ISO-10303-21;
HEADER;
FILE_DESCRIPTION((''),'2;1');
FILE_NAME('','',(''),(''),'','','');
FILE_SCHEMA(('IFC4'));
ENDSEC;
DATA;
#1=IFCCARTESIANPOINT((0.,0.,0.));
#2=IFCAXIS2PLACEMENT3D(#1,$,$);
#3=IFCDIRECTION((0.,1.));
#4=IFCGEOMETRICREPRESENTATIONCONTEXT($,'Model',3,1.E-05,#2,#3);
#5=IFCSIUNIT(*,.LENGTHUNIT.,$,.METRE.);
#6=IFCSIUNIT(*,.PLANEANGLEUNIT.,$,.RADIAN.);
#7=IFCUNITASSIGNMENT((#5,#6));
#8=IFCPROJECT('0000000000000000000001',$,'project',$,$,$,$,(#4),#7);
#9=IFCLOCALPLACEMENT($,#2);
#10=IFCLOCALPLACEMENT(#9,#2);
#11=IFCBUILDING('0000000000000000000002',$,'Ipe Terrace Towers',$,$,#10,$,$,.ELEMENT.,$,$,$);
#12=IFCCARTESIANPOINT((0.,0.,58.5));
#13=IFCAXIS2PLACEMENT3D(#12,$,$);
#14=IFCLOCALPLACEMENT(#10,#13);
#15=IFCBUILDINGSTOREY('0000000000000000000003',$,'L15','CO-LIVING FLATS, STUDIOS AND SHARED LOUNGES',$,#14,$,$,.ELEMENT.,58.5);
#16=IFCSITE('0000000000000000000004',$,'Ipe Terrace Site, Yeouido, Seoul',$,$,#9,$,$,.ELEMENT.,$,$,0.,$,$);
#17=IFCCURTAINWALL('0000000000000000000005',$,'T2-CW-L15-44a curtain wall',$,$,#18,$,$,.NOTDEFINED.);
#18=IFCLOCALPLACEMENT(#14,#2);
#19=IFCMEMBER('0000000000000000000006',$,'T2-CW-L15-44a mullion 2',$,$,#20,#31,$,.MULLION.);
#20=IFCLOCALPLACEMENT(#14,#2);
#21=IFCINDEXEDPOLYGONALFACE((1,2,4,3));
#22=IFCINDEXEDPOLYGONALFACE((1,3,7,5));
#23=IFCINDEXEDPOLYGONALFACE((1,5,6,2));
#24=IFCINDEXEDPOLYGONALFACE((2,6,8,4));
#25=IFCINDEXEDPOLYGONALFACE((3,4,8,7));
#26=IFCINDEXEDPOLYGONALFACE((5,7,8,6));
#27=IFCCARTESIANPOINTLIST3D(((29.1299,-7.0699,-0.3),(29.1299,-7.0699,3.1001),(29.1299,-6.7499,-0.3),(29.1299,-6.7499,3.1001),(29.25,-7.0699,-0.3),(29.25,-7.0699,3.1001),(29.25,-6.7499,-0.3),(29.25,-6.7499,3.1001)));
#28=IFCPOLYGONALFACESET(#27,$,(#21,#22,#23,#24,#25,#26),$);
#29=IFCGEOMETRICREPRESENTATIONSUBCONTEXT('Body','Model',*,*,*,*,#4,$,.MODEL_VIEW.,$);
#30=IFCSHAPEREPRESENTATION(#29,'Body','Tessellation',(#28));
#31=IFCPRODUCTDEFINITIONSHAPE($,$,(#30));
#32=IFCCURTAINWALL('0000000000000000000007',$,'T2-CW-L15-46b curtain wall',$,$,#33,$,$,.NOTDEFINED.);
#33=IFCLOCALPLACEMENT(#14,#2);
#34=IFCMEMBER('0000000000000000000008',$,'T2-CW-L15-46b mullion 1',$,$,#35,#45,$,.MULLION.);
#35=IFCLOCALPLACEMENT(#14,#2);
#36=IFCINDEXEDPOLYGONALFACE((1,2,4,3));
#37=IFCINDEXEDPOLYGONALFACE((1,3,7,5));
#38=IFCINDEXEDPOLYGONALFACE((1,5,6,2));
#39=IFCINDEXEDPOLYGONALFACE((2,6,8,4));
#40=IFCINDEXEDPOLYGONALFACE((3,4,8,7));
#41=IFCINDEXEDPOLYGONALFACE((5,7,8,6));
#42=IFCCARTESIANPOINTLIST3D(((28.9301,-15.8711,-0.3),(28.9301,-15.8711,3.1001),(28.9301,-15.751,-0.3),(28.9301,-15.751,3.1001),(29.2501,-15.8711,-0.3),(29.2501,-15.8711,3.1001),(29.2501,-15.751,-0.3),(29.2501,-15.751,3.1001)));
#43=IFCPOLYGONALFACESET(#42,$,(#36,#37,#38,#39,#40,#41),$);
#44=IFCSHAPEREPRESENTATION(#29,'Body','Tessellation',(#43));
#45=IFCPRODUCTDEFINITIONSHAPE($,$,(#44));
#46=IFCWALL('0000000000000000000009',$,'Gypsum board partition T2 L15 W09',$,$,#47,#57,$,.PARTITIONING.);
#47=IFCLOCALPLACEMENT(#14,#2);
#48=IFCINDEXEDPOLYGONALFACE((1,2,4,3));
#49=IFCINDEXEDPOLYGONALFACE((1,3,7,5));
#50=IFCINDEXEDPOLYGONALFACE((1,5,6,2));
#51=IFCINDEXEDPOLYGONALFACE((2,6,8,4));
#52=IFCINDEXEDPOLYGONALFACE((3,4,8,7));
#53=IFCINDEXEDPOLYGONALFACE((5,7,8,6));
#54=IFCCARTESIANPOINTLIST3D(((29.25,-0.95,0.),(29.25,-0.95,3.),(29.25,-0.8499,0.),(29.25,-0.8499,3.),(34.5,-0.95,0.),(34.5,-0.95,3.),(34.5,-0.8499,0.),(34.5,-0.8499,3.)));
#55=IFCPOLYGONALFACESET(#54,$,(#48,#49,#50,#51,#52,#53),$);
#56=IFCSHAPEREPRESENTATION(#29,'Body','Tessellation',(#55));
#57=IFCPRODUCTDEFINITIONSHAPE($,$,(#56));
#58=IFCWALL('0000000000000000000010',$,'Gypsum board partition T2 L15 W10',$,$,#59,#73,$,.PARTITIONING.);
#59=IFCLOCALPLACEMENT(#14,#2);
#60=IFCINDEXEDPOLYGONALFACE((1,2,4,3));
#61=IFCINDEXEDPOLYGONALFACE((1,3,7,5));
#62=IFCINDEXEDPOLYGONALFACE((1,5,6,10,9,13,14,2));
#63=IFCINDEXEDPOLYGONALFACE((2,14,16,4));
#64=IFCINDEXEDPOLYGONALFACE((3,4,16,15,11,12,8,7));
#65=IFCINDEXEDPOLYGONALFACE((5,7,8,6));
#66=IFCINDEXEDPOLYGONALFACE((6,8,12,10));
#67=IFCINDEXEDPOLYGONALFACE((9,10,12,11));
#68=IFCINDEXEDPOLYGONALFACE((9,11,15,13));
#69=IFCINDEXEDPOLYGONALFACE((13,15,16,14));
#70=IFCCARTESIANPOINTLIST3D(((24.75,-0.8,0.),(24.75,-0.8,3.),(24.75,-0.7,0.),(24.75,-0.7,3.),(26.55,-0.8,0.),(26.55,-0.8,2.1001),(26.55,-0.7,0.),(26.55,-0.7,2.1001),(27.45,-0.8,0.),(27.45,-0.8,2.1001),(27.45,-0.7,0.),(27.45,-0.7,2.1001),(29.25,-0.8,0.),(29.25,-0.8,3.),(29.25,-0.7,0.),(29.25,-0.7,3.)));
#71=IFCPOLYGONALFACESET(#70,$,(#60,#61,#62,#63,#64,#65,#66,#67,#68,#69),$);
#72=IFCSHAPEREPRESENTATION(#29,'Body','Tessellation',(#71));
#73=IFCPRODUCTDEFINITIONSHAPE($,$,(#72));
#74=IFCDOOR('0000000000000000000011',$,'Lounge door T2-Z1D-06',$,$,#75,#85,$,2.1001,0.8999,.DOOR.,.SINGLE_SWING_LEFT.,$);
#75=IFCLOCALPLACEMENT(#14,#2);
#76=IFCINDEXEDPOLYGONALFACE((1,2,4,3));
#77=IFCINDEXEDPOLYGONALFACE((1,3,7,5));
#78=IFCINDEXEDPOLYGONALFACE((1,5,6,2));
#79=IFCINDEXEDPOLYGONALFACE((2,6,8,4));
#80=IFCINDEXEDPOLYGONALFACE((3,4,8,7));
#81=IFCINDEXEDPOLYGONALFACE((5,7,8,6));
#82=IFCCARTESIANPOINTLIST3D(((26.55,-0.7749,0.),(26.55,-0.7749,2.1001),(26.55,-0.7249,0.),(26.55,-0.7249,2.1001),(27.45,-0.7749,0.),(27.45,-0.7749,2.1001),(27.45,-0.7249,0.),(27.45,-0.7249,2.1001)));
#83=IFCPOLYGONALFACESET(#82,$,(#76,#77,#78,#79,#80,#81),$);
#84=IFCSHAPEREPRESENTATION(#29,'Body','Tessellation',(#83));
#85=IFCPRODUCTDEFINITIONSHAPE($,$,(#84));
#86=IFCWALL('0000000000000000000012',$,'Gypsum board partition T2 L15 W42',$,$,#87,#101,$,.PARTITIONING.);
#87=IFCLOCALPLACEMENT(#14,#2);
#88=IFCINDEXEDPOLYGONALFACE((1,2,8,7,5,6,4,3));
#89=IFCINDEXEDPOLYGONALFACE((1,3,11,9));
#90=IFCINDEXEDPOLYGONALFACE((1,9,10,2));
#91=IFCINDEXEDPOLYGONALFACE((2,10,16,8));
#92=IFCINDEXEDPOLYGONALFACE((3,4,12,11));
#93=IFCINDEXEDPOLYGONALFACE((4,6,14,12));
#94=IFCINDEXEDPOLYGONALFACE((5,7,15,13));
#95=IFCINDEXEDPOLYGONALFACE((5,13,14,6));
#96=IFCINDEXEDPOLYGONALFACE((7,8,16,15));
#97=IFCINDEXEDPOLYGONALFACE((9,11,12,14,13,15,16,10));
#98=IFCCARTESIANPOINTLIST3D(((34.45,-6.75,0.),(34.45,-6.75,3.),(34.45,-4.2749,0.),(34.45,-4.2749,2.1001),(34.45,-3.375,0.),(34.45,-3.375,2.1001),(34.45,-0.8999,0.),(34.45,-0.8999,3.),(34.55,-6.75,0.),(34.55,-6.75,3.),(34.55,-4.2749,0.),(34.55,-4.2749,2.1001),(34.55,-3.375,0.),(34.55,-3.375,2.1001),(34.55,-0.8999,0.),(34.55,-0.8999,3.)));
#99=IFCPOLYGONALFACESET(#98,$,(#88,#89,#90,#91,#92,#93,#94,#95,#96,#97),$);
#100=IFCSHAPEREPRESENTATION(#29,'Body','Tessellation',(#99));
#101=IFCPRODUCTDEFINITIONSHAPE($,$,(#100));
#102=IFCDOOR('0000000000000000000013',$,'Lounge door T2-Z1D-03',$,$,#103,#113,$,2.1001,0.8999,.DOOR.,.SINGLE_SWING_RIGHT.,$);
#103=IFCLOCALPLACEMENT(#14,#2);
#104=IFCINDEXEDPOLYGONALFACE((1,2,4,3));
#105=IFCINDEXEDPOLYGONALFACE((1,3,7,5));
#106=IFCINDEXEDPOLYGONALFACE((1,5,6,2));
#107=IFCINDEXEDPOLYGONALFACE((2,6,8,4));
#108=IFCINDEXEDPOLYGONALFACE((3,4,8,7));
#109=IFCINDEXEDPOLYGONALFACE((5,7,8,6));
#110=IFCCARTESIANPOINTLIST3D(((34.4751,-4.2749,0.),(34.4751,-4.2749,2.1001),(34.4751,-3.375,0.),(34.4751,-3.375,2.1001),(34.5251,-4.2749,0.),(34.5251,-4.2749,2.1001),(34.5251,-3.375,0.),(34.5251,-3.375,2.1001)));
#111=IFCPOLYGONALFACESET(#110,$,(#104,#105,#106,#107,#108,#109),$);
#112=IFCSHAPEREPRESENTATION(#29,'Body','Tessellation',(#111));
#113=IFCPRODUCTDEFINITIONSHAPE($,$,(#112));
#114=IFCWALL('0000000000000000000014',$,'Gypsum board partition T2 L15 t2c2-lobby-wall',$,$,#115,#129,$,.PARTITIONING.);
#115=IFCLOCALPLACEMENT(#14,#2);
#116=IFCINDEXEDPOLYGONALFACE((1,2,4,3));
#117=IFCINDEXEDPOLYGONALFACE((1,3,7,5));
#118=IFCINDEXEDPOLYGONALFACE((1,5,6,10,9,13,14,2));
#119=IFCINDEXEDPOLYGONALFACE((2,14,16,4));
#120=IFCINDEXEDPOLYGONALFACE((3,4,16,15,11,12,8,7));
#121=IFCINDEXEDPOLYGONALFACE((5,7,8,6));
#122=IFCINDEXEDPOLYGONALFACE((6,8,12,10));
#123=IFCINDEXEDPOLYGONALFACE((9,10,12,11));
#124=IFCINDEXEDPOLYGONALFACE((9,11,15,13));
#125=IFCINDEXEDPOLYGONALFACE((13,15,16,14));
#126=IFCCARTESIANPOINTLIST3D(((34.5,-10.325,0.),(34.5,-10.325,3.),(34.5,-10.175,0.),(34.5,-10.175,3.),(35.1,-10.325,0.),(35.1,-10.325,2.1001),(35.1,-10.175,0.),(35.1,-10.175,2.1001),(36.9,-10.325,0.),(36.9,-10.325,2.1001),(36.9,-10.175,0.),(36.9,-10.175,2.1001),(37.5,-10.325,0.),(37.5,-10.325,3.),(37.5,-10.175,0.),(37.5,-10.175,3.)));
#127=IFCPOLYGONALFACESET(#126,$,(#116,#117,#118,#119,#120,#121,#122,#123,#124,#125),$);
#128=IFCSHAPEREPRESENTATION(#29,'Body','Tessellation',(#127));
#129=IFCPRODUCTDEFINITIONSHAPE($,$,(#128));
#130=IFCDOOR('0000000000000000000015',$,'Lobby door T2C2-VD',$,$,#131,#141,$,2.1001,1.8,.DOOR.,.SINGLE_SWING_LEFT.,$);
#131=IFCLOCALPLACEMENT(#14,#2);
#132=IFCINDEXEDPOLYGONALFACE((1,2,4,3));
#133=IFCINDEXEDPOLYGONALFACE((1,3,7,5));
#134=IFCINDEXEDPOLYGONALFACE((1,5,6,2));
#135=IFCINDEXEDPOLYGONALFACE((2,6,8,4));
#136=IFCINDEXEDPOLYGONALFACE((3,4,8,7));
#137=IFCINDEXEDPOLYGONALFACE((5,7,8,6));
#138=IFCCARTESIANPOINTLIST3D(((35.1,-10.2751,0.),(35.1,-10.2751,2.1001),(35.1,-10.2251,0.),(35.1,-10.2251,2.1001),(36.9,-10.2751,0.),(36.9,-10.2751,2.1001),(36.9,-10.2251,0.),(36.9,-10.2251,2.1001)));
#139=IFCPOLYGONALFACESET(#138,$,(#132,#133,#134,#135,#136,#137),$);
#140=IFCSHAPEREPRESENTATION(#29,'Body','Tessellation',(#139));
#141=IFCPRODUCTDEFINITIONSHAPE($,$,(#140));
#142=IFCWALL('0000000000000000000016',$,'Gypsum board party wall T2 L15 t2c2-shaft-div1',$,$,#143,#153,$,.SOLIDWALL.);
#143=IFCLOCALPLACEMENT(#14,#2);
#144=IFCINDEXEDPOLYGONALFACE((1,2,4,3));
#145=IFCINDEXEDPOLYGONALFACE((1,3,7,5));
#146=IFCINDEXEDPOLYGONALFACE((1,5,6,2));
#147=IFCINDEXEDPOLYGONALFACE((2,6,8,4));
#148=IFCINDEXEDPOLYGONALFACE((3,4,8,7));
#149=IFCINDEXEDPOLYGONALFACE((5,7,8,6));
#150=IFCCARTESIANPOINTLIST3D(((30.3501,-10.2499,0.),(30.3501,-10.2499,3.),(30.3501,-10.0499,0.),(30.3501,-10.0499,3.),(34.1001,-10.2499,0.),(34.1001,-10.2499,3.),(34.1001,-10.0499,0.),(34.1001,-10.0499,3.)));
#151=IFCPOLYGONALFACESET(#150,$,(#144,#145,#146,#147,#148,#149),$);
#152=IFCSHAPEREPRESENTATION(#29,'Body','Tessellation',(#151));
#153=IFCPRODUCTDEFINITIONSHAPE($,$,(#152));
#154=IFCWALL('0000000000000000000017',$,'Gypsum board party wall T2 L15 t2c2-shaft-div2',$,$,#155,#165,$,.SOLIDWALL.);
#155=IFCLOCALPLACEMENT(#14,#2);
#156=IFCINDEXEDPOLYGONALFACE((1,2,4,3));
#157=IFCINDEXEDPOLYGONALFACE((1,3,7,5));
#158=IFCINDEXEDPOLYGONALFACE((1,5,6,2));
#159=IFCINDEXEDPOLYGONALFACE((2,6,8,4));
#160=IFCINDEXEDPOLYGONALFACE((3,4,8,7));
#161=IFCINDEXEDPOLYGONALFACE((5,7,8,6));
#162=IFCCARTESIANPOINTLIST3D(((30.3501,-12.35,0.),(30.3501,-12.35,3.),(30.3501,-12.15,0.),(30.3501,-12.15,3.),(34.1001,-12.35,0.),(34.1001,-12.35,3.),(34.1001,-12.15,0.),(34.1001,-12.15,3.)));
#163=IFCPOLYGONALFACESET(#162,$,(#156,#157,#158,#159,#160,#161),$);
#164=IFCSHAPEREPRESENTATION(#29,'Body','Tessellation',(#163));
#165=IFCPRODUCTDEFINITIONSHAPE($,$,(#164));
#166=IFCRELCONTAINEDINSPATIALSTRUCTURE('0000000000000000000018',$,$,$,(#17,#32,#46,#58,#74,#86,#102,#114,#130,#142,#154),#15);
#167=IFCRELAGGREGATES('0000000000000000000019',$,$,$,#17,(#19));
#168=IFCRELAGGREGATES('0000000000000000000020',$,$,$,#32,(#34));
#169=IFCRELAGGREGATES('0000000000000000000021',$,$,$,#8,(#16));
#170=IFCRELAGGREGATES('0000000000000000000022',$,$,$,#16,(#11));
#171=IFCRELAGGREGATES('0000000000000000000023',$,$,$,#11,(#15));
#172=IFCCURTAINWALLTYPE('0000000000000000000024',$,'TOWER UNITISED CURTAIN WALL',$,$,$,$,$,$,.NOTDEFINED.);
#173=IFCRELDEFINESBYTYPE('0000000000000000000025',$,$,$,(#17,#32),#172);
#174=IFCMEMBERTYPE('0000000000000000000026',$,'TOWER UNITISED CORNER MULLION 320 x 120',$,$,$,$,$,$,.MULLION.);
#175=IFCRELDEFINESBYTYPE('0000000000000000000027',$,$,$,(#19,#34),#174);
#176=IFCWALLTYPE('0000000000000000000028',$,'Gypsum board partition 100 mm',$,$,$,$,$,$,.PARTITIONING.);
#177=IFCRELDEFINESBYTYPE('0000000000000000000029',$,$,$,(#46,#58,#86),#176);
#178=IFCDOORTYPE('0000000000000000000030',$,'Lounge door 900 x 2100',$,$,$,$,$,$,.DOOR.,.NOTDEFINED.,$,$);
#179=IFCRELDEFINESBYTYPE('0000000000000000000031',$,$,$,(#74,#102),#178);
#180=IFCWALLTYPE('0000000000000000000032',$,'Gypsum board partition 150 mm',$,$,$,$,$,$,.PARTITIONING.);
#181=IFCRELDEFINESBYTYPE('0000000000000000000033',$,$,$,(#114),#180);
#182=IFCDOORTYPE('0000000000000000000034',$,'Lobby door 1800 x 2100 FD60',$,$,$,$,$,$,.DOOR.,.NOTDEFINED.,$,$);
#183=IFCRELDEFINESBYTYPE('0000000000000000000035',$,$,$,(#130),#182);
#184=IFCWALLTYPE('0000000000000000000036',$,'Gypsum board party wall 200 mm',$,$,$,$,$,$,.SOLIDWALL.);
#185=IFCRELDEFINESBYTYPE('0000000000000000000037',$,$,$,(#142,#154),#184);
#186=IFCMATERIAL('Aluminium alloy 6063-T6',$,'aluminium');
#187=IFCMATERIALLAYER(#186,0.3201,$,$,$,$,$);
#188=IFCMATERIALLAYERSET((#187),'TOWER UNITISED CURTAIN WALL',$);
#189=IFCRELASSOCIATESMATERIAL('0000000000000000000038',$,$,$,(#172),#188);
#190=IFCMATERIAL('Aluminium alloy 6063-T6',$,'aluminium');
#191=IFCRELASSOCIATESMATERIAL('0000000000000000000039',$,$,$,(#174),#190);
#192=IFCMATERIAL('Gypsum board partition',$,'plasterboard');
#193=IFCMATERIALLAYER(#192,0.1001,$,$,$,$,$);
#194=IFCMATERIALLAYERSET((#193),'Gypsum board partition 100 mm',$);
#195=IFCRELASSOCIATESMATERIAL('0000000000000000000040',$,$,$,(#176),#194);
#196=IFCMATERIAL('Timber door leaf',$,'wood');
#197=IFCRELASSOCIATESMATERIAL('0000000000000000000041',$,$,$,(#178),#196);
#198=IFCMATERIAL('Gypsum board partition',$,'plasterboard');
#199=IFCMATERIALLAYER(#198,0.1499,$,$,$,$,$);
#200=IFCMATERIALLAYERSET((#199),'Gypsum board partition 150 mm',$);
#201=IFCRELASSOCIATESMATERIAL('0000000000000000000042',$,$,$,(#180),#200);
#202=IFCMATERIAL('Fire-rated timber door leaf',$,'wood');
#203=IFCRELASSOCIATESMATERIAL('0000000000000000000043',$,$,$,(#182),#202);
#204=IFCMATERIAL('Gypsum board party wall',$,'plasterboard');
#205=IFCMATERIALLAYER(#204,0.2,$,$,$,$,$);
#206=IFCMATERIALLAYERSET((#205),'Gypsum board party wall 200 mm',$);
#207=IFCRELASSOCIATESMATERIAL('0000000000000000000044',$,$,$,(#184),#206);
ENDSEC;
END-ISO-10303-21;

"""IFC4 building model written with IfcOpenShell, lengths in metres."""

from ifc_helpers import new_model, si_unit, direction, frame, frame_2d, origin, origin_2d, place, context, subcontext, project, spatial, rectangle, extrude, material, layer, layer_set, material_profile, profile_set, type_object, element, fill, aggregate, save


model = new_model("IFC4")

# Units and contexts
model_context = context("Model", 3, precision=1e-05, world=origin(), true_north=direction((0.0, 1.0)))
body_context = subcontext(model_context, "Body", "Model", "MODEL_VIEW")
ifc_project = project(units=[si_unit("LENGTHUNIT", "METRE"), si_unit("PLANEANGLEUNIT", "RADIAN")], contexts=[model_context])

# Site, building, storey
site_placement = place(None, origin())
site = spatial("IfcSite", under=ifc_project, at=site_placement, Name="Ipe Terrace Site, Yeouido, Seoul", CompositionType="ELEMENT", RefElevation=0.0)
building_placement = place(site_placement, origin())
building = spatial("IfcBuilding", under=site, at=building_placement, Name="Ipe Terrace Towers", CompositionType="ELEMENT")
storey_placement = place(building_placement, frame((0.0, 0.0, 58.5)))
storey = spatial("IfcBuildingStorey", under=building, at=storey_placement, Name="L15", Description="CO-LIVING FLATS, STUDIOS AND SHARED LOUNGES", CompositionType="ELEMENT", Elevation=58.5)

# Curtain walls, members
ifc_material_1 = material(Name="Aluminium alloy 6063-T6", Category="aluminium")
ifc_layer_1 = layer(ifc_material_1, 0.3201)
ifc_layer_set_1 = layer_set([ifc_layer_1], Name="TOWER UNITISED CURTAIN WALL")
curtain_wall_type = type_object("IfcCurtainWallType", Name="TOWER UNITISED CURTAIN WALL", PredefinedType="NOTDEFINED", material=ifc_layer_set_1)
curtain_wall_1_placement = place(storey_placement, origin())
curtain_wall_1 = element("IfcCurtainWall", 1, at=curtain_wall_1_placement, inside=storey, type_object=curtain_wall_type, Name="T2-CW-L15-44a curtain wall", PredefinedType="NOTDEFINED")
ifc_material_2 = material(Name="Aluminium alloy 6063-T6", Category="aluminium")
ifc_material_profile_1 = material_profile(ifc_material_2, rectangle(XDim=0.3201, YDim=0.1201, at=origin_2d()), Name="TOWER UNITISED CORNER MULLION 320 x 120")
ifc_profile_set_1 = profile_set([ifc_material_profile_1], Name="Aluminium alloy 6063-T6")
member_type = type_object("IfcMemberType", Name="TOWER UNITISED CORNER MULLION 320 x 120", PredefinedType="MULLION", material=ifc_profile_set_1)
member_1_placement = place(storey_placement, frame((29.1899, -6.9099, -0.3), z_axis=(0.0, 0.0, 1.0), x_axis=(0.0, -1.0, 0.0)))
member_1 = element("IfcMember", 2, at=member_1_placement, type_object=member_type, Name="T2-CW-L15-44a mullion 2", PredefinedType="MULLION", context=body_context, shape_type="SweptSolid", body=[
    extrude(rectangle(XDim=0.3201, YDim=0.1201, at=origin_2d()), origin(), (0.0, 0.0, 1.0), 3.4001),
])
aggregate(curtain_wall_1, [member_1])
curtain_wall_2_placement = place(storey_placement, origin())
curtain_wall_2 = element("IfcCurtainWall", 3, at=curtain_wall_2_placement, inside=storey, type_object=curtain_wall_type, Name="T2-CW-L15-46b curtain wall", PredefinedType="NOTDEFINED")
member_2_placement = place(storey_placement, frame((29.0901, -15.811, -0.3), z_axis=(0.0, 0.0, 1.0), x_axis=(-1.0, 0.0, 0.0)))
member_2 = element("IfcMember", 4, at=member_2_placement, type_object=member_type, Name="T2-CW-L15-46b mullion 1", PredefinedType="MULLION", context=body_context, shape_type="SweptSolid", body=[
    extrude(rectangle(XDim=0.3201, YDim=0.1201, at=origin_2d()), origin(), (0.0, 0.0, 1.0), 3.4001),
])
aggregate(curtain_wall_2, [member_2])

# Wall
ifc_material_3 = material(Name="Gypsum board partition", Category="plasterboard")
ifc_layer_2 = layer(ifc_material_3, 0.1001)
ifc_layer_set_2 = layer_set([ifc_layer_2], Name="Gypsum board partition 100 mm")
wall_type_1 = type_object("IfcWallType", Name="Gypsum board partition 100 mm", PredefinedType="PARTITIONING", material=ifc_layer_set_2)
wall_1_placement = place(storey_placement, frame((34.5, -0.8999, 0.0), z_axis=(0.0, 0.0, 1.0), x_axis=(-1.0, 0.0, 0.0)))
element("IfcWall", 5, at=wall_1_placement, inside=storey, type_object=wall_type_1, Name="Gypsum board partition T2 L15 W09", PredefinedType="PARTITIONING", context=body_context, shape_type="SweptSolid", body=[
    extrude(rectangle(XDim=5.25, YDim=0.1001, at=frame_2d((2.625, 0.0))), origin(), (0.0, 0.0, 1.0), 3.0),
])

# Walls, openings, doors
wall_2_placement = place(storey_placement, frame((29.25, -0.75, 0.0), z_axis=(0.0, 0.0, 1.0), x_axis=(-1.0, 0.0, 0.0)))
wall_2 = element("IfcWall", 6, at=wall_2_placement, inside=storey, type_object=wall_type_1, Name="Gypsum board partition T2 L15 W10", PredefinedType="PARTITIONING", context=body_context, shape_type="SweptSolid", body=[
    extrude(rectangle(XDim=4.5, YDim=0.1001, at=frame_2d((2.25, 0.0))), origin(), (0.0, 0.0, 1.0), 3.0),
])
opening_1_placement = place(wall_2_placement, frame((1.8, 0.0, 0.0)))
opening_1 = element("IfcOpeningElement", 7, at=opening_1_placement, cuts=wall_2, PredefinedType="OPENING", context=body_context, shape_type="SweptSolid", body=[
    extrude(rectangle(XDim=0.8999, YDim=2.1001, at=frame_2d((0.45, 1.05))), frame((0.0, 0.0601, 0.0), z_axis=(0.0, -1.0, 0.0), x_axis=(1.0, 0.0, 0.0)), (0.0, 0.0, 1.0), 0.1201),
])
ifc_material_4 = material(Name="Timber door leaf", Category="wood")
door_type_1 = type_object("IfcDoorType", Name="Lounge door 900 x 2100", OperationType="NOTDEFINED", PredefinedType="DOOR", material=ifc_material_4)
door_1_placement = place(opening_1_placement, origin())
door_1 = element("IfcDoor", 8, at=door_1_placement, inside=storey, type_object=door_type_1, Name="Lounge door T2-Z1D-06", OperationType="SINGLE_SWING_LEFT", OverallHeight=2.1001, OverallWidth=0.8999, PredefinedType="DOOR", context=body_context, shape_type="SweptSolid", body=[
    extrude(rectangle(XDim=0.8999, YDim=2.1001, at=frame_2d((0.45, 1.05))), frame((0.0, 0.0249, 0.0), z_axis=(0.0, -1.0, 0.0), x_axis=(1.0, 0.0, 0.0)), (0.0, 0.0, 1.0), 0.05),
])
fill(opening_1, door_1)
wall_3_placement = place(storey_placement, frame((34.5, -6.75, 0.0), z_axis=(0.0, 0.0, 1.0), x_axis=(0.0, 1.0, 0.0)))
wall_3 = element("IfcWall", 9, at=wall_3_placement, inside=storey, type_object=wall_type_1, Name="Gypsum board partition T2 L15 W42", PredefinedType="PARTITIONING", context=body_context, shape_type="SweptSolid", body=[
    extrude(rectangle(XDim=5.8501, YDim=0.1001, at=frame_2d((2.925, 0.0))), origin(), (0.0, 0.0, 1.0), 3.0),
])
opening_2_placement = place(wall_3_placement, frame((2.4751, 0.0, 0.0)))
opening_2 = element("IfcOpeningElement", 10, at=opening_2_placement, cuts=wall_3, PredefinedType="OPENING", context=body_context, shape_type="SweptSolid", body=[
    extrude(rectangle(XDim=0.8999, YDim=2.1001, at=frame_2d((0.45, 1.05))), frame((0.0, 0.0601, 0.0), z_axis=(0.0, -1.0, 0.0), x_axis=(1.0, 0.0, 0.0)), (0.0, 0.0, 1.0), 0.1201),
])
door_2_placement = place(opening_2_placement, origin())
door_2 = element("IfcDoor", 11, at=door_2_placement, inside=storey, type_object=door_type_1, Name="Lounge door T2-Z1D-03", OperationType="SINGLE_SWING_RIGHT", OverallHeight=2.1001, OverallWidth=0.8999, PredefinedType="DOOR", context=body_context, shape_type="SweptSolid", body=[
    extrude(rectangle(XDim=0.8999, YDim=2.1001, at=frame_2d((0.45, 1.05))), frame((0.0, 0.0249, 0.0), z_axis=(0.0, -1.0, 0.0), x_axis=(1.0, 0.0, 0.0)), (0.0, 0.0, 1.0), 0.05),
])
fill(opening_2, door_2)
ifc_material_5 = material(Name="Gypsum board partition", Category="plasterboard")
ifc_layer_3 = layer(ifc_material_5, 0.1499)
ifc_layer_set_3 = layer_set([ifc_layer_3], Name="Gypsum board partition 150 mm")
wall_type_2 = type_object("IfcWallType", Name="Gypsum board partition 150 mm", PredefinedType="PARTITIONING", material=ifc_layer_set_3)
wall_4_placement = place(storey_placement, frame((34.5, -10.25, 0.0), z_axis=(0.0, 0.0, 1.0), x_axis=(1.0, 0.0, 0.0)))
wall_4 = element("IfcWall", 12, at=wall_4_placement, inside=storey, type_object=wall_type_2, Name="Gypsum board partition T2 L15 t2c2-lobby-wall", PredefinedType="PARTITIONING", context=body_context, shape_type="SweptSolid", body=[
    extrude(rectangle(XDim=3.0, YDim=0.1499, at=frame_2d((1.5, 0.0))), origin(), (0.0, 0.0, 1.0), 3.0),
])
opening_3_placement = place(wall_4_placement, frame((0.6001, 0.0, 0.0)))
opening_3 = element("IfcOpeningElement", 13, at=opening_3_placement, cuts=wall_4, PredefinedType="OPENING", context=body_context, shape_type="SweptSolid", body=[
    extrude(rectangle(XDim=1.8, YDim=2.1001, at=frame_2d((0.8999, 1.05))), frame((0.0, 0.085, 0.0), z_axis=(0.0, -1.0, 0.0), x_axis=(1.0, 0.0, 0.0)), (0.0, 0.0, 1.0), 0.1699),
])
ifc_material_6 = material(Name="Fire-rated timber door leaf", Category="wood")
door_type_2 = type_object("IfcDoorType", Name="Lobby door 1800 x 2100 FD60", OperationType="NOTDEFINED", PredefinedType="DOOR", material=ifc_material_6)
door_3_placement = place(opening_3_placement, origin())
door_3 = element("IfcDoor", 14, at=door_3_placement, inside=storey, type_object=door_type_2, Name="Lobby door T2C2-VD", OperationType="SINGLE_SWING_LEFT", OverallHeight=2.1001, OverallWidth=1.8, PredefinedType="DOOR", context=body_context, shape_type="SweptSolid", body=[
    extrude(rectangle(XDim=1.8, YDim=2.1001, at=frame_2d((0.8999, 1.05))), frame((0.0, 0.0249, 0.0), z_axis=(0.0, -1.0, 0.0), x_axis=(1.0, 0.0, 0.0)), (0.0, 0.0, 1.0), 0.05),
])
fill(opening_3, door_3)

# Walls
ifc_material_7 = material(Name="Gypsum board party wall", Category="plasterboard")
ifc_layer_4 = layer(ifc_material_7, 0.2)
ifc_layer_set_4 = layer_set([ifc_layer_4], Name="Gypsum board party wall 200 mm")
wall_type_3 = type_object("IfcWallType", Name="Gypsum board party wall 200 mm", PredefinedType="SOLIDWALL", material=ifc_layer_set_4)
for number, where, z_axis, x_axis, name in (
    (15, (30.3501, -10.1499, 0.0), (0.0, 0.0, 1.0), (1.0, 0.0, 0.0), "Gypsum board party wall T2 L15 t2c2-shaft-div1"),
    (16, (30.3501, -12.25, 0.0), (0.0, 0.0, 1.0), (1.0, 0.0, 0.0), "Gypsum board party wall T2 L15 t2c2-shaft-div2"),
):
    element("IfcWall", number, at=place(storey_placement, frame(where, z_axis=z_axis, x_axis=x_axis)), inside=storey, type_object=wall_type_3, Name=name, PredefinedType="SOLIDWALL", context=body_context, shape_type="SweptSolid", body=[
        extrude(rectangle(XDim=3.75, YDim=0.2, at=frame_2d((1.875, 0.0))), origin(), (0.0, 0.0, 1.0), 3.0),
    ])

save(model, "model.ifc")
